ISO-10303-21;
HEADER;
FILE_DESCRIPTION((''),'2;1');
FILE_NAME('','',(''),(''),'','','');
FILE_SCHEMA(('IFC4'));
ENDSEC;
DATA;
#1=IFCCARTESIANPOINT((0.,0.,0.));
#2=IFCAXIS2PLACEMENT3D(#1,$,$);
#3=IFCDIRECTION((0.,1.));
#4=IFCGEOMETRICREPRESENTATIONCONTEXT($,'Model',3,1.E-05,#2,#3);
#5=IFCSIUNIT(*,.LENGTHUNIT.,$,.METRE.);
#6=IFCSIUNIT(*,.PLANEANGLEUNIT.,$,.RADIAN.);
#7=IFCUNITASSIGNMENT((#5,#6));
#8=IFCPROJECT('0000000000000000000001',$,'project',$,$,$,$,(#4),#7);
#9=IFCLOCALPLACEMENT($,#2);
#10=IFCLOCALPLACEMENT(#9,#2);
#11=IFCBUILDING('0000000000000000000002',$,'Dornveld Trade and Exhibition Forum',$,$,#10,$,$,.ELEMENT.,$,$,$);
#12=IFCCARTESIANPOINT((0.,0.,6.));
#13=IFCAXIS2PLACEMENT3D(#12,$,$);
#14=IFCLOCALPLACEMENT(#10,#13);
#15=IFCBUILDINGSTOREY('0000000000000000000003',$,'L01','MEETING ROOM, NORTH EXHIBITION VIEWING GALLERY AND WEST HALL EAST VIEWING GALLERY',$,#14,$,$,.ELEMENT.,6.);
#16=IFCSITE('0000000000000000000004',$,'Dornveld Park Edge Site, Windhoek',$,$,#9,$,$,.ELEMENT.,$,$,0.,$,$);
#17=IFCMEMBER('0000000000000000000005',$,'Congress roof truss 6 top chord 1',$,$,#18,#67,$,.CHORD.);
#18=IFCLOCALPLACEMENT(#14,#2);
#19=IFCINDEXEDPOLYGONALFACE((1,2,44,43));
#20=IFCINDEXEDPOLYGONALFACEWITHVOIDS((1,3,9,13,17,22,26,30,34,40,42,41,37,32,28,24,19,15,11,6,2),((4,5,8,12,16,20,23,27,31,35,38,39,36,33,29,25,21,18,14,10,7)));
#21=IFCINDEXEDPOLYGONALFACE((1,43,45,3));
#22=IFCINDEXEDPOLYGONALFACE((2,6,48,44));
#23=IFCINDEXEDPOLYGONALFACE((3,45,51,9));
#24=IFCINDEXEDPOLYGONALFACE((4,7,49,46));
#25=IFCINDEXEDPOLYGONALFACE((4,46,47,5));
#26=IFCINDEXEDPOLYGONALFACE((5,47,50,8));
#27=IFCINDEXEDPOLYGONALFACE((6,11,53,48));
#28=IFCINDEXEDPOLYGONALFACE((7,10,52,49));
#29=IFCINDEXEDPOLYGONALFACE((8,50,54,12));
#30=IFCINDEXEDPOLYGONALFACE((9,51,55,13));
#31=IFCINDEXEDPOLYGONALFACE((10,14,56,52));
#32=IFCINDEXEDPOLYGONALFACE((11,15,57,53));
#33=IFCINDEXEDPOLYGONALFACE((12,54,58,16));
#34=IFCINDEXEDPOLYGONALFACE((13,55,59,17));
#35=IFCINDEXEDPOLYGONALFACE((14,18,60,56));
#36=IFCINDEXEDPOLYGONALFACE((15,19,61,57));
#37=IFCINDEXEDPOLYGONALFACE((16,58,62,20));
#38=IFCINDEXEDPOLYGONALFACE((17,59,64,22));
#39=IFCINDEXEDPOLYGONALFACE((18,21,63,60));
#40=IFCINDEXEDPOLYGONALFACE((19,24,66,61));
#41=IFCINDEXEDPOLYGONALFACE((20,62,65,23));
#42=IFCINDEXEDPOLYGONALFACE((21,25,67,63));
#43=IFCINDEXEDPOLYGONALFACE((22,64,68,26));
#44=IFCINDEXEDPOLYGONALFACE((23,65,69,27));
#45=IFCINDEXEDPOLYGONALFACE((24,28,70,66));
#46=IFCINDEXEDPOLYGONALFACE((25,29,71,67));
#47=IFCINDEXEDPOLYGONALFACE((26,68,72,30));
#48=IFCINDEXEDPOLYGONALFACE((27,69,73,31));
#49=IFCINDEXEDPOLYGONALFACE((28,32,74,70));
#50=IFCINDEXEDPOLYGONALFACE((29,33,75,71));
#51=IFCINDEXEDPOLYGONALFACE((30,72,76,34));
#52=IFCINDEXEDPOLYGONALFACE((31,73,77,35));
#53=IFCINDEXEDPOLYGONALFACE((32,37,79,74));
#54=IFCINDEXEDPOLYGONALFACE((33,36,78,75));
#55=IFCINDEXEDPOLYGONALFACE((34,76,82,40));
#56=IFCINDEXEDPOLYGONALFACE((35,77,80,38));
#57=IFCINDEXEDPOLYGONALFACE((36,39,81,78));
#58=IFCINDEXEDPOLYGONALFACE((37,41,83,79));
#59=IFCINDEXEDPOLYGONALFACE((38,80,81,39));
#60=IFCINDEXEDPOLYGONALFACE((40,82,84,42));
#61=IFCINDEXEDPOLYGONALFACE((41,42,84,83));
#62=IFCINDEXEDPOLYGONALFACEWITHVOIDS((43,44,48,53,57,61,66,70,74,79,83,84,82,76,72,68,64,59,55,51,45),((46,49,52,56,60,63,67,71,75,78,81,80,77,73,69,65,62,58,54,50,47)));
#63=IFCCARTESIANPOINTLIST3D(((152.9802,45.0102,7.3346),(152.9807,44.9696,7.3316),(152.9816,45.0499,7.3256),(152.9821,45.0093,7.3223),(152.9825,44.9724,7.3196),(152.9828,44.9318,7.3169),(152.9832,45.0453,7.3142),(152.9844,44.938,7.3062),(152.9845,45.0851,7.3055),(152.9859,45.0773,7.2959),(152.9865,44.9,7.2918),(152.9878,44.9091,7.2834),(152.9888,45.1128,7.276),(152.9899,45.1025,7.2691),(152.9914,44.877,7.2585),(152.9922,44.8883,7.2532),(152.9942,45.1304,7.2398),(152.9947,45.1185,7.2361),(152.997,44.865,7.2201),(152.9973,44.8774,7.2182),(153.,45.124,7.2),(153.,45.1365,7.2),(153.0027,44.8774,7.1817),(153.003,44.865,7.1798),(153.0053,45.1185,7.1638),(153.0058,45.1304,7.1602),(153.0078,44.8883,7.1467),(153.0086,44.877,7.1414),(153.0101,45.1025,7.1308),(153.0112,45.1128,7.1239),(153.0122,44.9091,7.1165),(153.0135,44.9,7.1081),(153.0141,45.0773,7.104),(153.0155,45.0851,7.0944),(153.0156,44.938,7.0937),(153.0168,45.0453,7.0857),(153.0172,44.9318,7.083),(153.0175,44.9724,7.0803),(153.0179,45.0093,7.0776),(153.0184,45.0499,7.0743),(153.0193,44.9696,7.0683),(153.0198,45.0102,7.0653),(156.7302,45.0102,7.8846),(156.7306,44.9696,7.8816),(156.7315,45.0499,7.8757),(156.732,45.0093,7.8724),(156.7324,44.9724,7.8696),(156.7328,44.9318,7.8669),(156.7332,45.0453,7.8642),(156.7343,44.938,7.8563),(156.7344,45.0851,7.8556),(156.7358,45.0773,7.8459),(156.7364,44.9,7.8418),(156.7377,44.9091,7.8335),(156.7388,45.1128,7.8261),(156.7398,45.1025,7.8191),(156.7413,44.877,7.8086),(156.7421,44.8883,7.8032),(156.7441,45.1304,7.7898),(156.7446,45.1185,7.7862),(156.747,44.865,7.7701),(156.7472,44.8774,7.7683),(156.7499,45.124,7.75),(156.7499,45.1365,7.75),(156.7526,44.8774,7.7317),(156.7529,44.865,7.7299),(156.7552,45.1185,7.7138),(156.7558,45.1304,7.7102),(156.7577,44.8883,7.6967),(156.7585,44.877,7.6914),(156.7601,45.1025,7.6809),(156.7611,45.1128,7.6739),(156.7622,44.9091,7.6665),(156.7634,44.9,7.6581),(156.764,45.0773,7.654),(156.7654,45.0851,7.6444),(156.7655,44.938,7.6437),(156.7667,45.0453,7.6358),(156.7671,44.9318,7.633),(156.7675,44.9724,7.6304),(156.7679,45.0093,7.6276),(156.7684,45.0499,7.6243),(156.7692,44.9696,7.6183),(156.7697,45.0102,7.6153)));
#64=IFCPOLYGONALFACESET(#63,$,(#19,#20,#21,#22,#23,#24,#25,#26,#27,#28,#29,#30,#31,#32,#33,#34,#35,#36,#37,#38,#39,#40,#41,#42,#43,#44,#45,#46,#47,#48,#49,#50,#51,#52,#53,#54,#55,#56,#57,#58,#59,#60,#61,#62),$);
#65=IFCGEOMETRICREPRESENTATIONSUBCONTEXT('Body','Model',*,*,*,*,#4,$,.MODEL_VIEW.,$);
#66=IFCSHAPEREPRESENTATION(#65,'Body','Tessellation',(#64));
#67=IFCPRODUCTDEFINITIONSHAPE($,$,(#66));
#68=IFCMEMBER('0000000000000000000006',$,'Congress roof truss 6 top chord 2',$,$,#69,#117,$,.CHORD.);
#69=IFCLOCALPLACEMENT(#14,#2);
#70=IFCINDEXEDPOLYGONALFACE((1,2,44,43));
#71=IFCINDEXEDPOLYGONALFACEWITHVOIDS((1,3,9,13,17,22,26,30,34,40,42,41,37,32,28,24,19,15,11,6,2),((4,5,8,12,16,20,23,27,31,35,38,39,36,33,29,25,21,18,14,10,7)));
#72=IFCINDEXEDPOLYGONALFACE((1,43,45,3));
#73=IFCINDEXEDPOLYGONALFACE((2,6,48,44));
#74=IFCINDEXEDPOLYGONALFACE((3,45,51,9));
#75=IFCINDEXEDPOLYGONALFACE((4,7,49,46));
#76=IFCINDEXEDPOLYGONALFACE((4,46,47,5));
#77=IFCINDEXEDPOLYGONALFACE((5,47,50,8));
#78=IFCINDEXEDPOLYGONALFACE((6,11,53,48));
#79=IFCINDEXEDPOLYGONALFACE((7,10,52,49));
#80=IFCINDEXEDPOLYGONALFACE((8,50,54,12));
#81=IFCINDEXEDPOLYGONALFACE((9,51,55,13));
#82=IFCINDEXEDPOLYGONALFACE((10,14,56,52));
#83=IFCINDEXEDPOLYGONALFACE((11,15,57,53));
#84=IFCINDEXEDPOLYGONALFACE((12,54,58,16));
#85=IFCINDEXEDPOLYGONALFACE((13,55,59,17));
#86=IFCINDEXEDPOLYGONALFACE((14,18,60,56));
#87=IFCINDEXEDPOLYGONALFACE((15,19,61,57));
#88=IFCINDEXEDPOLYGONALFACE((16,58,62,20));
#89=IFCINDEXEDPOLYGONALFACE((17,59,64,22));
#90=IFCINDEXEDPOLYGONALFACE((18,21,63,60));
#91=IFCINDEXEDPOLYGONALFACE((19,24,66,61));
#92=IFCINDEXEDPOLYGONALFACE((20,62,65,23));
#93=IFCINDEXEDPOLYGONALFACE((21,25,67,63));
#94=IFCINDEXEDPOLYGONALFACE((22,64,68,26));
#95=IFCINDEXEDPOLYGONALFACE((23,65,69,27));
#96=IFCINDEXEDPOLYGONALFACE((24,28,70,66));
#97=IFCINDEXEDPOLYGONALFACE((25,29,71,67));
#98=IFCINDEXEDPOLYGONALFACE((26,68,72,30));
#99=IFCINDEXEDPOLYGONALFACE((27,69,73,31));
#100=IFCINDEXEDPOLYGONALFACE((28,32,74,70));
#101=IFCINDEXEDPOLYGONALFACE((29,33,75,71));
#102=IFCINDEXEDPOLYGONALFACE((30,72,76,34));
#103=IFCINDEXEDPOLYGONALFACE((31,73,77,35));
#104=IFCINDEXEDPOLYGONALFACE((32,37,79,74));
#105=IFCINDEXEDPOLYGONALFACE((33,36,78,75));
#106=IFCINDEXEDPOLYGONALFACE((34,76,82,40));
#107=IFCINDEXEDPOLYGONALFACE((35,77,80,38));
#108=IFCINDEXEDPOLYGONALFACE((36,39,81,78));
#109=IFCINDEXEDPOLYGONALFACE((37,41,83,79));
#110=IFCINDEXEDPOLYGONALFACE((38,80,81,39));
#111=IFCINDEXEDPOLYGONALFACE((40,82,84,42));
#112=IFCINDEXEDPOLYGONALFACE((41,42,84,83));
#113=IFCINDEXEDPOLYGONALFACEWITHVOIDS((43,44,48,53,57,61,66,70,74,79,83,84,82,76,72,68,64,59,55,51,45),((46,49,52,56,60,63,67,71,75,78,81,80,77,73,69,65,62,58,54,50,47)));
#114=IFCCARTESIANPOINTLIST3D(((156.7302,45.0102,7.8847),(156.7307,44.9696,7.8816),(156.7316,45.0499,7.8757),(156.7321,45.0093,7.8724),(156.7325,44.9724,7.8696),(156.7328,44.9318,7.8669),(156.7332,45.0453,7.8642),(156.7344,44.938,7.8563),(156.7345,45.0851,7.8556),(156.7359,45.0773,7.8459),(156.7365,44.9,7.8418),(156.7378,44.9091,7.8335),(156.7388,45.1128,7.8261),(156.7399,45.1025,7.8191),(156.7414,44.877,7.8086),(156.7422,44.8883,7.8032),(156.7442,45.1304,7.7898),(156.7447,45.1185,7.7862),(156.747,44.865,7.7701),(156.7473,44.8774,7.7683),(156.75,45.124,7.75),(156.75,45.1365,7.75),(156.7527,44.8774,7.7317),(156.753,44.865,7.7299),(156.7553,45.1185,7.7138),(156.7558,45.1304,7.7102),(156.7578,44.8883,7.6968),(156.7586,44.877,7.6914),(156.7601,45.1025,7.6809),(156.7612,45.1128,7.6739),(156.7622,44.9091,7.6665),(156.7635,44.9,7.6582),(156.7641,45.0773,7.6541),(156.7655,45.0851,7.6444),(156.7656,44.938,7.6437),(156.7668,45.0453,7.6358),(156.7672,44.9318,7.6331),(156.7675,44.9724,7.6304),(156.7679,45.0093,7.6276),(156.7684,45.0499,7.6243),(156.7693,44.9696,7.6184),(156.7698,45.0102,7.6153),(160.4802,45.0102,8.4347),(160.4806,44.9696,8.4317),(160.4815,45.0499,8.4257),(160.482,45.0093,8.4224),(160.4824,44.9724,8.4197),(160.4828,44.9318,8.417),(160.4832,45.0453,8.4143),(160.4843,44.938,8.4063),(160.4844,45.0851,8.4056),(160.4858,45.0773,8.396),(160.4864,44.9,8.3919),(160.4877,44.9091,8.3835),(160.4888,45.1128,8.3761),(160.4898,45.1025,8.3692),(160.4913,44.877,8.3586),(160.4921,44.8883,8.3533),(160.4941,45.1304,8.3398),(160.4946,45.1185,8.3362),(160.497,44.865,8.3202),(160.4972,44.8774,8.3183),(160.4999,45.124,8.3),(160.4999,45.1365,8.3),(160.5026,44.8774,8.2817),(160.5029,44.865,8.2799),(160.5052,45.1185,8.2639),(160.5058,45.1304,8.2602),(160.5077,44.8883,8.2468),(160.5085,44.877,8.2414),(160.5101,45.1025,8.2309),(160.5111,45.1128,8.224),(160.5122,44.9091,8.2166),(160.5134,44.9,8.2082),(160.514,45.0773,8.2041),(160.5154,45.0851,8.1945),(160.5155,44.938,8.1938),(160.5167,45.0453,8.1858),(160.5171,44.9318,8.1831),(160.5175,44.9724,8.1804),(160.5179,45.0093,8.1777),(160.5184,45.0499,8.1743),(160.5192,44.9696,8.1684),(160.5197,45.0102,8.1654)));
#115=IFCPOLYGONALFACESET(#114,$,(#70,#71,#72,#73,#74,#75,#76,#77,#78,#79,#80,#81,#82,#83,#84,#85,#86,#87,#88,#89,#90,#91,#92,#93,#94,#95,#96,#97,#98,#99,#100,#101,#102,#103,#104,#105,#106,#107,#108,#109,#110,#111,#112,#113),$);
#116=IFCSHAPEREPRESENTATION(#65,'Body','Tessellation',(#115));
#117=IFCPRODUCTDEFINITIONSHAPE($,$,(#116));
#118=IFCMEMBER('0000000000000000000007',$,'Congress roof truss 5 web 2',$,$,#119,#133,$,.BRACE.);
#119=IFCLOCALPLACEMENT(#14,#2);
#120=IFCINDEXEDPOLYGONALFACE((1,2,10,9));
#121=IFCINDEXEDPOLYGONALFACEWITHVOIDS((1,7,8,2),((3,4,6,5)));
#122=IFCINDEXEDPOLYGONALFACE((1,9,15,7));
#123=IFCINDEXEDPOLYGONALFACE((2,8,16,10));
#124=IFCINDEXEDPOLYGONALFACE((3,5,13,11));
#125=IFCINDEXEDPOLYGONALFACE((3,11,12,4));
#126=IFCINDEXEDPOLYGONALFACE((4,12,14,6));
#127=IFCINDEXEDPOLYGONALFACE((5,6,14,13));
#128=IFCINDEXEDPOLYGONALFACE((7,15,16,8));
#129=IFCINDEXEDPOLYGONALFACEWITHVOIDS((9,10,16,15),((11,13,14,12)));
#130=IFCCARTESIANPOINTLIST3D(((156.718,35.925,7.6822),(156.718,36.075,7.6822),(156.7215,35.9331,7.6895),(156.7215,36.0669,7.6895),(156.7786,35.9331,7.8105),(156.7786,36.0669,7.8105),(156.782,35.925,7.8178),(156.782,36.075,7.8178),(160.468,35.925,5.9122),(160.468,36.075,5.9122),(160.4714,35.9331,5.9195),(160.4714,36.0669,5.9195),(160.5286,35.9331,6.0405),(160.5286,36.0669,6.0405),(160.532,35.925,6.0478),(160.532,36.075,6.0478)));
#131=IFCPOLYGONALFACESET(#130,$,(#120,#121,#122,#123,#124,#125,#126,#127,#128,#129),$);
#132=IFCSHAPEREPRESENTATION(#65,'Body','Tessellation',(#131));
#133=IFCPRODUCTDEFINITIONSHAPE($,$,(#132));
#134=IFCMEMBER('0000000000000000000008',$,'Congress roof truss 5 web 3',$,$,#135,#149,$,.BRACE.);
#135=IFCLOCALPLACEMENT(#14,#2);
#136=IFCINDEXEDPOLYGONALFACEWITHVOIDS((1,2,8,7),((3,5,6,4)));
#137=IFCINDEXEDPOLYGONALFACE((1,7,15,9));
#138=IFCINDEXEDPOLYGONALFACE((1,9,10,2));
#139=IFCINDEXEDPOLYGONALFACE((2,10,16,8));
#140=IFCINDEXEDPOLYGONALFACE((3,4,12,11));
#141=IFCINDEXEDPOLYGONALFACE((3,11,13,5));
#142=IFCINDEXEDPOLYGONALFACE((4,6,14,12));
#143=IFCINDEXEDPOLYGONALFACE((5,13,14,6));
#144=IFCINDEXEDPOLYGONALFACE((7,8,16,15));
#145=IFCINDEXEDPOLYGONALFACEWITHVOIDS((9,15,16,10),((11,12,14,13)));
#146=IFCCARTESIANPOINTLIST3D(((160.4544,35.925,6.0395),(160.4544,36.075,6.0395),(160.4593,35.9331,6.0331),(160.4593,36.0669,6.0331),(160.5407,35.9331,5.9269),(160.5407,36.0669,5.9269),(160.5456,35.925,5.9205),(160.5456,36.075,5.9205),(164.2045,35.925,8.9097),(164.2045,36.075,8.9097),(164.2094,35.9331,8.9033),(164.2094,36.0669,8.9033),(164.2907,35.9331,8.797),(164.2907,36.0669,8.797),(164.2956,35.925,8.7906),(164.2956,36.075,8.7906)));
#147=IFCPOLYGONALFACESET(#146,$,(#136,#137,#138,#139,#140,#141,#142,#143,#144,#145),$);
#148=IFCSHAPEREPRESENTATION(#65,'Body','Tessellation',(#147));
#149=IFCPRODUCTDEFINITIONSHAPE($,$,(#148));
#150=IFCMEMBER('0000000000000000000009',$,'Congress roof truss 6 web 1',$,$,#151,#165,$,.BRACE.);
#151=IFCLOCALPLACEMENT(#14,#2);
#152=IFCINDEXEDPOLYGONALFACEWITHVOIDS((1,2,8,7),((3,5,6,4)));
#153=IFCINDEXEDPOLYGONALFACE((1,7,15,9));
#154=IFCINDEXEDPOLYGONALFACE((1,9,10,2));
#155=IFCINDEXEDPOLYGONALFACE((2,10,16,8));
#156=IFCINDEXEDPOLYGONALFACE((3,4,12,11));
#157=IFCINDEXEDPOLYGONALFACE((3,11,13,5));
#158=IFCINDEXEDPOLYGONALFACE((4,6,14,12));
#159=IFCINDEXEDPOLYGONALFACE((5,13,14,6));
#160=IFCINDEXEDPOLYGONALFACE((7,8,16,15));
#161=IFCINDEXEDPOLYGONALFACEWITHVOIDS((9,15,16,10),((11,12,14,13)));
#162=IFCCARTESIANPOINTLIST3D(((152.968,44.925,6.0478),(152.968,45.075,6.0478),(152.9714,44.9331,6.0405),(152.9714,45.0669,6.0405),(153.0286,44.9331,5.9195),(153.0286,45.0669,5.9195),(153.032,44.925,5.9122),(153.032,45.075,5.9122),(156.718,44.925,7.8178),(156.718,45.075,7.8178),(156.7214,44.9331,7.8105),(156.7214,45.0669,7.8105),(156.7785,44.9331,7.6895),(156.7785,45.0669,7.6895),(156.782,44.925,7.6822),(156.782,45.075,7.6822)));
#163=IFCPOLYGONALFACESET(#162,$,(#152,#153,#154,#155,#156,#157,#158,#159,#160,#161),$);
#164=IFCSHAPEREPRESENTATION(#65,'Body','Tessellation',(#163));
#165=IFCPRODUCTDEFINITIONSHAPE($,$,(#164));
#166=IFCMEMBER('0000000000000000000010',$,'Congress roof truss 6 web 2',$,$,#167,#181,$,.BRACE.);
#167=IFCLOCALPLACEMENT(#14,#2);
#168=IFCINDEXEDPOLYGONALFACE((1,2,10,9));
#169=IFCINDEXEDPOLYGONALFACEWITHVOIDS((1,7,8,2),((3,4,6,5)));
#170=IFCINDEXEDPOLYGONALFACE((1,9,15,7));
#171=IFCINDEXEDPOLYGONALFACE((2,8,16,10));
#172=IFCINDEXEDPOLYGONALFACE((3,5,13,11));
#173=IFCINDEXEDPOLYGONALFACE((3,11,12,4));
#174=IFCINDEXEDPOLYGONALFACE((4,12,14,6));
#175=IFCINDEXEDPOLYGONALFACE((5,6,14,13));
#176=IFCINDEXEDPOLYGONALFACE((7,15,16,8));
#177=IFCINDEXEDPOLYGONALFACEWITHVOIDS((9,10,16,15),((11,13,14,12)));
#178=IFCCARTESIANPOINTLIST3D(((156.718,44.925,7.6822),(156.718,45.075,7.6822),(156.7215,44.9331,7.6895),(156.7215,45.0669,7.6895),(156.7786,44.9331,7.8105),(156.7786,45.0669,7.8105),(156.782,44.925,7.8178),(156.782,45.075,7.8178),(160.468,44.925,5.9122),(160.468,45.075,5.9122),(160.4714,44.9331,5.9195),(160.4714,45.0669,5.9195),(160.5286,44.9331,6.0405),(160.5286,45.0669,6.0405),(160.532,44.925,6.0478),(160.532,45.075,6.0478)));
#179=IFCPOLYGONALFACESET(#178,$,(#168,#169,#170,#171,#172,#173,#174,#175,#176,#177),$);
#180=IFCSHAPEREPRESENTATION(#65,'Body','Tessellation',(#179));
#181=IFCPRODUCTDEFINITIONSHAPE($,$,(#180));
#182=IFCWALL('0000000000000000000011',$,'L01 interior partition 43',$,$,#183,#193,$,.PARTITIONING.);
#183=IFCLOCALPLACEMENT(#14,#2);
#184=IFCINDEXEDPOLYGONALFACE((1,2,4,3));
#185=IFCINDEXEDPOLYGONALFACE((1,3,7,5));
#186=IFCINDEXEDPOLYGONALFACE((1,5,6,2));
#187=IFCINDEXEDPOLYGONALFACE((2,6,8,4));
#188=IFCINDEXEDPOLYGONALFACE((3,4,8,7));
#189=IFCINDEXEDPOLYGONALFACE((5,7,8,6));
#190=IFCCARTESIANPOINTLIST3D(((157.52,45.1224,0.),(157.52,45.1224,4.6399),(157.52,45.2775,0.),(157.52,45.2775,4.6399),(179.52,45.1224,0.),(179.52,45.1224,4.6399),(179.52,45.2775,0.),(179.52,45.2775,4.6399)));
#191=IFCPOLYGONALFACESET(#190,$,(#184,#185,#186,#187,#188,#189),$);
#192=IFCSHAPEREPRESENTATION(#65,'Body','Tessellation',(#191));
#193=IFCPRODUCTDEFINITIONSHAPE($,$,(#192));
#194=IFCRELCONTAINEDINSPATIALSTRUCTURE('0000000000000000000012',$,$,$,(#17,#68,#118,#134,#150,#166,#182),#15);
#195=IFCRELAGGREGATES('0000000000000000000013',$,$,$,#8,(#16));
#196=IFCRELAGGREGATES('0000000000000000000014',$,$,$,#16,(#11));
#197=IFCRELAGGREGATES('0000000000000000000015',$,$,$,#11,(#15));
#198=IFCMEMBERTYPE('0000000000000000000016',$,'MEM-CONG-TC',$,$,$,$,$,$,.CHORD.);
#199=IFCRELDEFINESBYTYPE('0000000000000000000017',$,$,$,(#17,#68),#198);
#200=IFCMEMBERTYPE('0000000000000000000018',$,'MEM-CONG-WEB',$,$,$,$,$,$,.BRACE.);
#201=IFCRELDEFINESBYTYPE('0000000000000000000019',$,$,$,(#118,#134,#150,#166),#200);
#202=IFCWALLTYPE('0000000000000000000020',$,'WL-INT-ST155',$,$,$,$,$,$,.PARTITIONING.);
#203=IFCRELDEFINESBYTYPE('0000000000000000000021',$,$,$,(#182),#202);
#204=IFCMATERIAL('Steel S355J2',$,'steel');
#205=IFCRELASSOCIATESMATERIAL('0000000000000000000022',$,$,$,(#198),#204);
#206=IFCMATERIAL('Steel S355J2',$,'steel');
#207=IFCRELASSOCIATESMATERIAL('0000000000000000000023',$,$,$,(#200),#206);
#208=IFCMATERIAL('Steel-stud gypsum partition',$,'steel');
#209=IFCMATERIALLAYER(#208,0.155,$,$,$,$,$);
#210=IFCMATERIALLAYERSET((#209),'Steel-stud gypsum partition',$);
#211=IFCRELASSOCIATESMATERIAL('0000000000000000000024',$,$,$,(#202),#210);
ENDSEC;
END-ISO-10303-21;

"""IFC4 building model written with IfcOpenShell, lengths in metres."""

from ifc_helpers import new_model, si_unit, direction, frame, frame_2d, origin, origin_2d, place, context, subcontext, project, spatial, rectangle, hollow_rectangle, hollow_circle, extrude, material, layer, layer_set, material_profile, profile_set, type_object, element, save


model = new_model("IFC4")

# Units and contexts
model_context = context("Model", 3, precision=1e-05, world=origin(), true_north=direction((0.0, 1.0)))
body_context = subcontext(model_context, "Body", "Model", "MODEL_VIEW")
ifc_project = project(units=[si_unit("LENGTHUNIT", "METRE"), si_unit("PLANEANGLEUNIT", "RADIAN")], contexts=[model_context])

# Site, building, storey
site_placement = place(None, origin())
site = spatial("IfcSite", under=ifc_project, at=site_placement, Name="Dornveld Park Edge Site, Windhoek", CompositionType="ELEMENT", RefElevation=0.0)
building_placement = place(site_placement, origin())
building = spatial("IfcBuilding", under=site, at=building_placement, Name="Dornveld Trade and Exhibition Forum", CompositionType="ELEMENT")
storey_placement = place(building_placement, frame((0.0, 0.0, 6.0)))
storey = spatial("IfcBuildingStorey", under=building, at=storey_placement, Name="L01", Description="MEETING ROOM, NORTH EXHIBITION VIEWING GALLERY AND WEST HALL EAST VIEWING GALLERY", CompositionType="ELEMENT", Elevation=6.0)

# Members
ifc_material_1 = material(Name="Steel S355J2", Category="steel")
ifc_material_profile_1 = material_profile(ifc_material_1, hollow_circle(Radius=0.1365, WallThickness=0.0125, at=origin_2d()), Name="CHS 273x12.5")
ifc_profile_set_1 = profile_set([ifc_material_profile_1], Name="Steel S355J2")
member_type_1 = type_object("IfcMemberType", Name="MEM-CONG-TC", PredefinedType="CHORD", material=ifc_profile_set_1)
for number, where, z_axis, x_axis, name in (
    (1, (153.0, 45.0, 7.2), (0.989413, 0.0, 0.145127), (0.0, 1.0, 0.0), "Congress roof truss 6 top chord 1"),
    (2, (156.75, 45.0, 7.75), (0.989413, 0.0, 0.145127), (0.0, 1.0, 0.0), "Congress roof truss 6 top chord 2"),
):
    element("IfcMember", number, at=place(storey_placement, frame(where, z_axis=z_axis, x_axis=x_axis)), inside=storey, type_object=member_type_1, Name=name, PredefinedType="CHORD", context=body_context, shape_type="SweptSolid", body=[
        extrude(hollow_circle(Radius=0.1365, WallThickness=0.0125, at=origin_2d()), origin(), (0.0, 0.0, 1.0), 3.79),
    ])
ifc_material_2 = material(Name="Steel S355J2", Category="steel")
ifc_material_profile_2 = material_profile(ifc_material_2, hollow_rectangle(XDim=0.1499, YDim=0.1499, WallThickness=0.0081, at=origin_2d()), Name="SHS 150x150x8")
ifc_profile_set_2 = profile_set([ifc_material_profile_2], Name="Steel S355J2")
member_type_2 = type_object("IfcMemberType", Name="MEM-CONG-WEB", PredefinedType="BRACE", material=ifc_profile_set_2)
member_1_placement = place(storey_placement, frame((160.5, 36.0, 5.98), z_axis=(-0.904324, 0.0, 0.426846), x_axis=(0.0, -1.0, 0.0)))
element("IfcMember", 3, at=member_1_placement, inside=storey, type_object=member_type_2, Name="Congress roof truss 5 web 2", PredefinedType="BRACE", context=body_context, shape_type="SweptSolid", body=[
    extrude(hollow_rectangle(XDim=0.1499, YDim=0.1499, WallThickness=0.0081, at=origin_2d()), origin(), (0.0, 0.0, 1.0), 4.1467),
])
member_2_placement = place(storey_placement, frame((160.5, 36.0, 5.98), z_axis=(0.794105, 0.0, 0.60778), x_axis=(0.0, 1.0, 0.0)))
element("IfcMember", 4, at=member_2_placement, inside=storey, type_object=member_type_2, Name="Congress roof truss 5 web 3", PredefinedType="BRACE", context=body_context, shape_type="SweptSolid", body=[
    extrude(hollow_rectangle(XDim=0.1499, YDim=0.1499, WallThickness=0.0081, at=origin_2d()), origin(), (0.0, 0.0, 1.0), 4.7224),
])
for number, where, z_axis, x_axis, name in (
    (5, (153.0, 45.0, 5.98), (0.904324, 0.0, 0.426846), (0.0, 1.0, 0.0), "Congress roof truss 6 web 1"),
    (6, (160.5, 45.0, 5.98), (-0.904324, 0.0, 0.426846), (0.0, -1.0, 0.0), "Congress roof truss 6 web 2"),
):
    element("IfcMember", number, at=place(storey_placement, frame(where, z_axis=z_axis, x_axis=x_axis)), inside=storey, type_object=member_type_2, Name=name, PredefinedType="BRACE", context=body_context, shape_type="SweptSolid", body=[
        extrude(hollow_rectangle(XDim=0.1499, YDim=0.1499, WallThickness=0.0081, at=origin_2d()), origin(), (0.0, 0.0, 1.0), 4.1467),
    ])

# Wall
ifc_material_3 = material(Name="Steel-stud gypsum partition", Category="steel")
ifc_layer_1 = layer(ifc_material_3, 0.155)
ifc_layer_set_1 = layer_set([ifc_layer_1], Name="Steel-stud gypsum partition")
wall_type = type_object("IfcWallType", Name="WL-INT-ST155", PredefinedType="PARTITIONING", material=ifc_layer_set_1)
wall_placement = place(storey_placement, frame((157.52, 45.2, 0.0), z_axis=(0.0, 0.0, 1.0), x_axis=(1.0, 0.0, 0.0)))
element("IfcWall", 7, at=wall_placement, inside=storey, type_object=wall_type, Name="L01 interior partition 43", PredefinedType="PARTITIONING", context=body_context, shape_type="SweptSolid", body=[
    extrude(rectangle(XDim=22.0, YDim=0.155, at=frame_2d((11.0, 0.0))), origin(), (0.0, 0.0, 1.0), 4.6399),
])

save(model, "model.ifc")
